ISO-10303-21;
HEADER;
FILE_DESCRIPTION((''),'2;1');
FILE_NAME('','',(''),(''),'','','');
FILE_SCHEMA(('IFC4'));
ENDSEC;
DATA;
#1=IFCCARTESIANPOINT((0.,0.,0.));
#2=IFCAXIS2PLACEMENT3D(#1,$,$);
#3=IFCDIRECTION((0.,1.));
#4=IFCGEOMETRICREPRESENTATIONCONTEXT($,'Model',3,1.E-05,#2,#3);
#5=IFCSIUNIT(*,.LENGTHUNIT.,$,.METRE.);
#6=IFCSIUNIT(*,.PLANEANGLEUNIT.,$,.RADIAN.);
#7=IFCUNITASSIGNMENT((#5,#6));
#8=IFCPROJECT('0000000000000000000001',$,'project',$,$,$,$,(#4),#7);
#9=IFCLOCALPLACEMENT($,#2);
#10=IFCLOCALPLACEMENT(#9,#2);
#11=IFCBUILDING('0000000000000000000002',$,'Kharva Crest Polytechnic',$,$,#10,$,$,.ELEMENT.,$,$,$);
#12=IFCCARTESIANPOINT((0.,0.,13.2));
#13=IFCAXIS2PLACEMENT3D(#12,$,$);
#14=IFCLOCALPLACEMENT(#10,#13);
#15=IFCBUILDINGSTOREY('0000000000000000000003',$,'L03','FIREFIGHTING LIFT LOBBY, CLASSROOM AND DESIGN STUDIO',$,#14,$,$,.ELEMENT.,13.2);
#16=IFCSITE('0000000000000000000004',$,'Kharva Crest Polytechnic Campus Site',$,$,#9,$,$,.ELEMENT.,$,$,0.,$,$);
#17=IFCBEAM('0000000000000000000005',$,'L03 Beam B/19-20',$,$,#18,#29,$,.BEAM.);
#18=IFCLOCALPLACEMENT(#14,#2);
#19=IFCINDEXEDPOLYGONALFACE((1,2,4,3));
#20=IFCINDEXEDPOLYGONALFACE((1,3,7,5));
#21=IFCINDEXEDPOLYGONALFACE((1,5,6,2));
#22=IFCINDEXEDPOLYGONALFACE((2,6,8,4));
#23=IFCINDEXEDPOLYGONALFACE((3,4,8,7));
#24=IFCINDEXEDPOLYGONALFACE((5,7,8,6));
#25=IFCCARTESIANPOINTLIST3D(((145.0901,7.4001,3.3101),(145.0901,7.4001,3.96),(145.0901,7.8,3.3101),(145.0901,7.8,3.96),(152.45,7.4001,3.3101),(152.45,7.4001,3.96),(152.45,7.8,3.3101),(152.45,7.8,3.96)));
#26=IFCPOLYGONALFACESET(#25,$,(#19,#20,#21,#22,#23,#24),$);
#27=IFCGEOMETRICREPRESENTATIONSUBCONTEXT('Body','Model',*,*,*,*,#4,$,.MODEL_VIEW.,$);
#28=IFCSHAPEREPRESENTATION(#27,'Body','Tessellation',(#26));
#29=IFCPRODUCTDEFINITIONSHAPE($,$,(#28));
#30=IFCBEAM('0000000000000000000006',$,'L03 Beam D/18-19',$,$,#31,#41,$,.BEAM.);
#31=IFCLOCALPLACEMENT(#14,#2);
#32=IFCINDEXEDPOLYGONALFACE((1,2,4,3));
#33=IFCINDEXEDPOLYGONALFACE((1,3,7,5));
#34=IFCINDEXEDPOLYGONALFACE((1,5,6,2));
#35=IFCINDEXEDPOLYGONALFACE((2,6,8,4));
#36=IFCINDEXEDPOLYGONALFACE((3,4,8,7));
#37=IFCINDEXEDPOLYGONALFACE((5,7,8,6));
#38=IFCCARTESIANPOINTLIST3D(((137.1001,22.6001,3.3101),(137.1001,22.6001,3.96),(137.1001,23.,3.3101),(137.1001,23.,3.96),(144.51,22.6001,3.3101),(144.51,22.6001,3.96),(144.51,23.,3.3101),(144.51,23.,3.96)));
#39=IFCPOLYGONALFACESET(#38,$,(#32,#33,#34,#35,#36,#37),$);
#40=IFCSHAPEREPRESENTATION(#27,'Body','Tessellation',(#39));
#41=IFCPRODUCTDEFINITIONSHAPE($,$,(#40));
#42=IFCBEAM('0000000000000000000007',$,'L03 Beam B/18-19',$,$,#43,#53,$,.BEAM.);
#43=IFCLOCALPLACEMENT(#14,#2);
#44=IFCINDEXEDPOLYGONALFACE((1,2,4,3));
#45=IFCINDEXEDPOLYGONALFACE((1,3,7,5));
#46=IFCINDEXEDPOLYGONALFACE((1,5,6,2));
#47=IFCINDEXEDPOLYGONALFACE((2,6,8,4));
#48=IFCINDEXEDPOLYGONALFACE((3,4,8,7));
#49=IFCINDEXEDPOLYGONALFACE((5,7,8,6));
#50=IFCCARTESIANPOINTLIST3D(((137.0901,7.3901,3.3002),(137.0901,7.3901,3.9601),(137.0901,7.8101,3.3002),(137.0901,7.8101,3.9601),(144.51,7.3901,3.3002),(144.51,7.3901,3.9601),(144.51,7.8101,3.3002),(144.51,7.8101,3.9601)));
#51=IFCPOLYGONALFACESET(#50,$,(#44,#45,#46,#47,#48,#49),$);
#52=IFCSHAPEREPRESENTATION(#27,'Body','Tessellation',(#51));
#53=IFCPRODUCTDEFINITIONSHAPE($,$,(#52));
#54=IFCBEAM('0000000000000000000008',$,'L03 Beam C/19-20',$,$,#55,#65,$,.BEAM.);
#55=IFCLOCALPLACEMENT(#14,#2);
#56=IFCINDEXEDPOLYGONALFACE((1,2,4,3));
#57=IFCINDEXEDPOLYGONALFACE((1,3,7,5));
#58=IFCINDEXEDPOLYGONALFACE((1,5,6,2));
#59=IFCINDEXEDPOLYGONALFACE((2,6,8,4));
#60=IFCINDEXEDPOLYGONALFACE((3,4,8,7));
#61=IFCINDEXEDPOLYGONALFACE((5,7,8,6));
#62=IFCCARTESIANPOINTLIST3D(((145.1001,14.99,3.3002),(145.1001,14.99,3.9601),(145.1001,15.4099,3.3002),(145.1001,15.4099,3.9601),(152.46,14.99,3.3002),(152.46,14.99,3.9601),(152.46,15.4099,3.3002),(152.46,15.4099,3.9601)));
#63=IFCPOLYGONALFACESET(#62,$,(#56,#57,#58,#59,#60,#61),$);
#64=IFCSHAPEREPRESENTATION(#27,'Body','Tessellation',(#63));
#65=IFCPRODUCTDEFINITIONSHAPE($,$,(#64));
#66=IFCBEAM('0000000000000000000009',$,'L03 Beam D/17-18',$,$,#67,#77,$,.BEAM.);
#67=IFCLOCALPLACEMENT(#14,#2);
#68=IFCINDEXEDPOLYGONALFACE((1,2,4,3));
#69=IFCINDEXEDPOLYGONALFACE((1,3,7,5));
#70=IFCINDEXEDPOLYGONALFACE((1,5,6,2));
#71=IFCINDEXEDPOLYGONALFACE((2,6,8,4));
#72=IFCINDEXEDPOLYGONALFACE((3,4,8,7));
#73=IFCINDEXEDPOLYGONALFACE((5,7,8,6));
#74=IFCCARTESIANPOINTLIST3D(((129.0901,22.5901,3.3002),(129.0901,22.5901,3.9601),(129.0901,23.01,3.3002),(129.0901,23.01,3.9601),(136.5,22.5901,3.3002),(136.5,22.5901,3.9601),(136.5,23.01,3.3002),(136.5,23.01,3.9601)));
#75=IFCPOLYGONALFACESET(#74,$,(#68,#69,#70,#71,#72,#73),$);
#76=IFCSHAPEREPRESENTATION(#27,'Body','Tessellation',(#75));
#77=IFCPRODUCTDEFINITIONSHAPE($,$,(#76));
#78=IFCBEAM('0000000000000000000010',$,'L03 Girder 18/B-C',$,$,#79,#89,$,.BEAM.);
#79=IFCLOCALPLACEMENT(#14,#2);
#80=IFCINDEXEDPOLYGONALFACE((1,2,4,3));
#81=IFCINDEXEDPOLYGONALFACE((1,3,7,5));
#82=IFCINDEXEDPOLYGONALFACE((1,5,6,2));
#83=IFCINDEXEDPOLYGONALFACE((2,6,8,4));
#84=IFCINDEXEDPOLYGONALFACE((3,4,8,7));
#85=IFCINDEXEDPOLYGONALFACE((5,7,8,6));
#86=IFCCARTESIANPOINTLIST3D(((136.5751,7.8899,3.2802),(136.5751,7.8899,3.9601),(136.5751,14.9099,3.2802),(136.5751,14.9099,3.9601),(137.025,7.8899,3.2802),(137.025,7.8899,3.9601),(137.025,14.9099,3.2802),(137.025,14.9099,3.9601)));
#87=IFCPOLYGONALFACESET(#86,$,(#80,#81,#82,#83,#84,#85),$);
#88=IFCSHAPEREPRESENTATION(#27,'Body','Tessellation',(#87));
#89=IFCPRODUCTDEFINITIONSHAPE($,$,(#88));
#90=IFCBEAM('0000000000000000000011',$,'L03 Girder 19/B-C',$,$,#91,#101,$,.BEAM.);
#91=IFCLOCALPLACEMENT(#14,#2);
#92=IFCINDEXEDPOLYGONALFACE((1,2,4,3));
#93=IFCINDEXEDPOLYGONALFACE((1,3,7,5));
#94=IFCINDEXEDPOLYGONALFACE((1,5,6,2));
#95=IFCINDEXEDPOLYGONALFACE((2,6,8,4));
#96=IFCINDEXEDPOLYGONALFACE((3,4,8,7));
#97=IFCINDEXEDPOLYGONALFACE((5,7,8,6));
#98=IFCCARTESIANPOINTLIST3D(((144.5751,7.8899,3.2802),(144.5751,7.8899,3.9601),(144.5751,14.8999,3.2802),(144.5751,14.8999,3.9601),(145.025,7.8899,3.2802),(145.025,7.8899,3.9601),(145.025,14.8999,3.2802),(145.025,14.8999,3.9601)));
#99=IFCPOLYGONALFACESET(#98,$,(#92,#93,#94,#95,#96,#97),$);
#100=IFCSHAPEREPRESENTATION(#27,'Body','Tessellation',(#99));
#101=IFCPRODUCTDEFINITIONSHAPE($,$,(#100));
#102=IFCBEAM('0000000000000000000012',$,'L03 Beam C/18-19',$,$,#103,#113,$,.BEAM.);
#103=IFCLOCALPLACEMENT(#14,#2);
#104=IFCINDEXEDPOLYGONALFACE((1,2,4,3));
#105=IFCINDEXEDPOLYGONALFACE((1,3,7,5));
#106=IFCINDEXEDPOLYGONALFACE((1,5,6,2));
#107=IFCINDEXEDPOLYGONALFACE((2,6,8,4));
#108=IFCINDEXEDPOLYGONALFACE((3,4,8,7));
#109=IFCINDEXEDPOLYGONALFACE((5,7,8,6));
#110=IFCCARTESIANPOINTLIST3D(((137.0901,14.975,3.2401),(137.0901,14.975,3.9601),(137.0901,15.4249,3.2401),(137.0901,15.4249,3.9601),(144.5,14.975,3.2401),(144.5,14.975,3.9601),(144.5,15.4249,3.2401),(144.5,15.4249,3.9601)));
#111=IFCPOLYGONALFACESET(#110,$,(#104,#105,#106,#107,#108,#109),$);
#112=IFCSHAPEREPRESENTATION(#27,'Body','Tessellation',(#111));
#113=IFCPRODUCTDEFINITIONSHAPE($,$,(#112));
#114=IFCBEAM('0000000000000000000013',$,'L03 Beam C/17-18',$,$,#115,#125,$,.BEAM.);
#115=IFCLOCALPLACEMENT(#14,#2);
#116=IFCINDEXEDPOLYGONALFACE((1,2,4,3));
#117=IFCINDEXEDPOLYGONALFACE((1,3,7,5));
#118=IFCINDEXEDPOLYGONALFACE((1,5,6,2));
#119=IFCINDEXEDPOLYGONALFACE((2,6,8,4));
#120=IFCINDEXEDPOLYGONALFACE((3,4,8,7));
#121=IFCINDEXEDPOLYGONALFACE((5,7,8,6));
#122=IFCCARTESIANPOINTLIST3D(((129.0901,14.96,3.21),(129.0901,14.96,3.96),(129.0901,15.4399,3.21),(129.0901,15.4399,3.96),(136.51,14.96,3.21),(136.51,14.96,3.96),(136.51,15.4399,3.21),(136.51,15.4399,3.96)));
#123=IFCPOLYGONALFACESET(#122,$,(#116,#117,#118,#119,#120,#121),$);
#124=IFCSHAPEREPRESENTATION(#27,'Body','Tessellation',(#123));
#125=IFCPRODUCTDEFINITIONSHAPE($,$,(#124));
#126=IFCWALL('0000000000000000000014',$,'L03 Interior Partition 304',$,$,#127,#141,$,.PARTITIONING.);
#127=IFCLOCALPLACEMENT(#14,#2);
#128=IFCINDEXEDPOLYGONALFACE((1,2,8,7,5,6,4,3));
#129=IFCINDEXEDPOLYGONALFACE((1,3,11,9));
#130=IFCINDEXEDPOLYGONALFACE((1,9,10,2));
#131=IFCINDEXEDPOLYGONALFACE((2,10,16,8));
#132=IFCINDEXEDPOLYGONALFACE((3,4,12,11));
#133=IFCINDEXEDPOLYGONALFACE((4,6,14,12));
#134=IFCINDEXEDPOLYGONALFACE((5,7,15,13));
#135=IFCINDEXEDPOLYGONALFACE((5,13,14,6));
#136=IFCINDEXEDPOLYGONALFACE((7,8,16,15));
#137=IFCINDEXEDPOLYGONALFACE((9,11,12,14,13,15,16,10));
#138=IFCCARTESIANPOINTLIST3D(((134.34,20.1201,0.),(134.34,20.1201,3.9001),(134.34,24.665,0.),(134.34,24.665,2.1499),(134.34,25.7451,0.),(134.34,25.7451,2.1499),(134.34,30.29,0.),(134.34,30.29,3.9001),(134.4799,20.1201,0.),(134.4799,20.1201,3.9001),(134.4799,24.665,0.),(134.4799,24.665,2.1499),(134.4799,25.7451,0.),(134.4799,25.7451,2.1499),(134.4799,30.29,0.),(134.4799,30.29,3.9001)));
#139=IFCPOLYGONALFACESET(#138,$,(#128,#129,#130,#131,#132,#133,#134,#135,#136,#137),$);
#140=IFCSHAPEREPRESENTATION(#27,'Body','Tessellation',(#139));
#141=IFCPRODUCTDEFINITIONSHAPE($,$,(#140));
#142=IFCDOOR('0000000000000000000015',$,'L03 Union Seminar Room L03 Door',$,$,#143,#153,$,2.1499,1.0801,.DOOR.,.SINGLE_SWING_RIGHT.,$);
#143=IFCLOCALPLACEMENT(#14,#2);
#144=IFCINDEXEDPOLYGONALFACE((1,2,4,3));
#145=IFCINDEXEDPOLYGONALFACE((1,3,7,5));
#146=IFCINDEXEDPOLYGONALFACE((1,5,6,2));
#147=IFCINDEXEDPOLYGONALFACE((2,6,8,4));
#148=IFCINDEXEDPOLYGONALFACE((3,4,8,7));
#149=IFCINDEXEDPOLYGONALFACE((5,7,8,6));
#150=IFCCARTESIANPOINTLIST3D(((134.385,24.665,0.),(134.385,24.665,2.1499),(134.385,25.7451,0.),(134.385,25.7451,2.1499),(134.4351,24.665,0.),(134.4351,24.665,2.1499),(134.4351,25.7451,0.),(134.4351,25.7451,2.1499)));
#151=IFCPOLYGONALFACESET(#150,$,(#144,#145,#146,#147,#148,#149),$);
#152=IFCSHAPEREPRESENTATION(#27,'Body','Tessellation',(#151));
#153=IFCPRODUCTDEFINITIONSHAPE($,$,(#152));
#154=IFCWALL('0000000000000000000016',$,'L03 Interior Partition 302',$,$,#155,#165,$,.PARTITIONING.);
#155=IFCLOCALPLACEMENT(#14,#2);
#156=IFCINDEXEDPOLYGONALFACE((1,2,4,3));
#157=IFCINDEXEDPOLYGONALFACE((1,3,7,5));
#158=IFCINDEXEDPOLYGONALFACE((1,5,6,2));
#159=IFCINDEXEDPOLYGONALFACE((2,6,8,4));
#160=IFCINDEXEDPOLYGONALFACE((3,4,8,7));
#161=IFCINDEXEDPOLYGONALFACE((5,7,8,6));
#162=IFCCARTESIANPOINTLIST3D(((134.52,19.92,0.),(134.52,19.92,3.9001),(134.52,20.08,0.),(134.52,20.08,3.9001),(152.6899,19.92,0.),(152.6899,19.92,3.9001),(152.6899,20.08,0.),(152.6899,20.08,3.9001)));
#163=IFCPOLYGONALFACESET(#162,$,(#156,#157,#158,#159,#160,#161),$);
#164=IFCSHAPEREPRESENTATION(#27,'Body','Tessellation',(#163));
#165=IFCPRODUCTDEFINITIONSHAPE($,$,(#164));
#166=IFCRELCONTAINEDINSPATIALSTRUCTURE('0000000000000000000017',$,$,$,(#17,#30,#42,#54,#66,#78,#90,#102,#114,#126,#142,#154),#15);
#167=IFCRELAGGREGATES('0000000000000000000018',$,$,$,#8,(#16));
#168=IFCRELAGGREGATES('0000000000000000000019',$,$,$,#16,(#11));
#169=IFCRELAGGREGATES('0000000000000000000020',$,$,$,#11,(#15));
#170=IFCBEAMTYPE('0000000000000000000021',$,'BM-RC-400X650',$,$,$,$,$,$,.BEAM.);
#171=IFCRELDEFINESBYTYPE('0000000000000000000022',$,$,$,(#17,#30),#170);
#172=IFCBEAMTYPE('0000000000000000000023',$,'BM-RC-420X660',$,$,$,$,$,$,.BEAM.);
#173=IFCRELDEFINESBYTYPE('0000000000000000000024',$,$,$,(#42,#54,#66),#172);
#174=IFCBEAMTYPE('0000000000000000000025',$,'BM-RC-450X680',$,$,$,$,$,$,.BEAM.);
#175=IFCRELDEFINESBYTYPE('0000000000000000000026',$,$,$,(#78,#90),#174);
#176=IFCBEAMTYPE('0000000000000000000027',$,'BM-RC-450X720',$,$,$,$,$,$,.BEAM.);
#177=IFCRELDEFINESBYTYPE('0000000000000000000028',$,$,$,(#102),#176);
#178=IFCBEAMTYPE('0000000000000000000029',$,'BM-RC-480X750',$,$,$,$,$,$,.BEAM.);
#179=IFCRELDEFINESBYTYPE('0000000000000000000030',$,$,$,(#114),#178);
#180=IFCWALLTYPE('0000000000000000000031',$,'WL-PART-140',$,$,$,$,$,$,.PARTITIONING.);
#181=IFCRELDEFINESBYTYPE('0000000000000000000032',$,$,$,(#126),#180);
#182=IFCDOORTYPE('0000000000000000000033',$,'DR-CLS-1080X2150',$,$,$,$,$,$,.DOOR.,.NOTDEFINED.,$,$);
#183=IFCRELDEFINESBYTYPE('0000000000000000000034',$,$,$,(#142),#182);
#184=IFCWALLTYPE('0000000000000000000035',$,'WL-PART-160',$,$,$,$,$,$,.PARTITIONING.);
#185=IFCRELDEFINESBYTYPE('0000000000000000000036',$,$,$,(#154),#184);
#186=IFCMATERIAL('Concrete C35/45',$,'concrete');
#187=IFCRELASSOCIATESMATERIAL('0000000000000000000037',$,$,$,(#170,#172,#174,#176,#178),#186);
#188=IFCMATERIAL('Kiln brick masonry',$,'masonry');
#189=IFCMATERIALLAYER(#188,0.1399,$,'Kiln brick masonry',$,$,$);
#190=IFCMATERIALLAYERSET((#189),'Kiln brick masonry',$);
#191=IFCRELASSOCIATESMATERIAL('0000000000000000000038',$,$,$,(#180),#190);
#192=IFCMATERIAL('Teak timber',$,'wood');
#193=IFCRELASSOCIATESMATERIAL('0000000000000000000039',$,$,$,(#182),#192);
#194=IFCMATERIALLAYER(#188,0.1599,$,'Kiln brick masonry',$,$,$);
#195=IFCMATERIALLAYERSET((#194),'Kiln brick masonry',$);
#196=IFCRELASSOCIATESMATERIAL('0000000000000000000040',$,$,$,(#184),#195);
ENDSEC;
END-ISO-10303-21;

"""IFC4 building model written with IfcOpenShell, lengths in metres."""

from ifc_helpers import new_model, si_unit, direction, frame, frame_2d, origin, origin_2d, place, context, subcontext, project, spatial, rectangle, extrude, material, layer, layer_set, material_profile, profile_set, type_object, element, fill, save


model = new_model("IFC4")

# Units and contexts
model_context = context("Model", 3, precision=1e-05, world=origin(), true_north=direction((0.0, 1.0)))
body_context = subcontext(model_context, "Body", "Model", "MODEL_VIEW")
ifc_project = project(units=[si_unit("LENGTHUNIT", "METRE"), si_unit("PLANEANGLEUNIT", "RADIAN")], contexts=[model_context])

# Site, building, storey
site_placement = place(None, origin())
site = spatial("IfcSite", under=ifc_project, at=site_placement, Name="Kharva Crest Polytechnic Campus Site", CompositionType="ELEMENT", RefElevation=0.0)
building_placement = place(site_placement, origin())
building = spatial("IfcBuilding", under=site, at=building_placement, Name="Kharva Crest Polytechnic", CompositionType="ELEMENT")
storey_placement = place(building_placement, frame((0.0, 0.0, 13.2)))
storey = spatial("IfcBuildingStorey", under=building, at=storey_placement, Name="L03", Description="FIREFIGHTING LIFT LOBBY, CLASSROOM AND DESIGN STUDIO", CompositionType="ELEMENT", Elevation=13.2)

# Beams
ifc_material_1 = material(Name="Concrete C35/45", Category="concrete")
ifc_material_profile_1 = material_profile(ifc_material_1, rectangle(XDim=0.3999, YDim=0.6499, at=origin_2d()), Name="RECT 400 X 650")
ifc_profile_set_1 = profile_set([ifc_material_profile_1], Name="Concrete C35/45")
beam_type_1 = type_object("IfcBeamType", Name="BM-RC-400X650", PredefinedType="BEAM", material=ifc_profile_set_1)
beam_1_placement = place(storey_placement, frame((145.0901, 7.6001, 3.635), z_axis=(1.0, 0.0, 0.0), x_axis=(0.0, 1.0, 0.0)))
element("IfcBeam", 1, at=beam_1_placement, inside=storey, type_object=beam_type_1, Name="L03 Beam B/19-20", PredefinedType="BEAM", context=body_context, shape_type="SweptSolid", body=[
    extrude(rectangle(XDim=0.3999, YDim=0.6499, at=origin_2d()), origin(), (0.0, 0.0, 1.0), 7.3599),
])
beam_2_placement = place(storey_placement, frame((137.1001, 22.8, 3.635), z_axis=(1.0, 0.0, 0.0), x_axis=(0.0, 1.0, 0.0)))
element("IfcBeam", 2, at=beam_2_placement, inside=storey, type_object=beam_type_1, Name="L03 Beam D/18-19", PredefinedType="BEAM", context=body_context, shape_type="SweptSolid", body=[
    extrude(rectangle(XDim=0.3999, YDim=0.6499, at=origin_2d()), origin(), (0.0, 0.0, 1.0), 7.4099),
])
ifc_material_profile_2 = material_profile(ifc_material_1, rectangle(XDim=0.4199, YDim=0.6599, at=origin_2d()), Name="RECT 420 X 660")
ifc_profile_set_2 = profile_set([ifc_material_profile_2], Name="Concrete C35/45")
beam_type_2 = type_object("IfcBeamType", Name="BM-RC-420X660", PredefinedType="BEAM", material=ifc_profile_set_2)
beam_3_placement = place(storey_placement, frame((137.0901, 7.6001, 3.6301), z_axis=(1.0, 0.0, 0.0), x_axis=(0.0, 1.0, 0.0)))
element("IfcBeam", 3, at=beam_3_placement, inside=storey, type_object=beam_type_2, Name="L03 Beam B/18-19", PredefinedType="BEAM", context=body_context, shape_type="SweptSolid", body=[
    extrude(rectangle(XDim=0.4199, YDim=0.6599, at=origin_2d()), origin(), (0.0, 0.0, 1.0), 7.4199),
])
beam_4_placement = place(storey_placement, frame((145.1001, 15.2, 3.6301), z_axis=(1.0, 0.0, 0.0), x_axis=(0.0, 1.0, 0.0)))
element("IfcBeam", 4, at=beam_4_placement, inside=storey, type_object=beam_type_2, Name="L03 Beam C/19-20", PredefinedType="BEAM", context=body_context, shape_type="SweptSolid", body=[
    extrude(rectangle(XDim=0.4199, YDim=0.6599, at=origin_2d()), origin(), (0.0, 0.0, 1.0), 7.3599),
])
beam_5_placement = place(storey_placement, frame((129.0901, 22.8, 3.6301), z_axis=(1.0, 0.0, 0.0), x_axis=(0.0, 1.0, 0.0)))
element("IfcBeam", 5, at=beam_5_placement, inside=storey, type_object=beam_type_2, Name="L03 Beam D/17-18", PredefinedType="BEAM", context=body_context, shape_type="SweptSolid", body=[
    extrude(rectangle(XDim=0.4199, YDim=0.6599, at=origin_2d()), origin(), (0.0, 0.0, 1.0), 7.4099),
])
ifc_material_profile_3 = material_profile(ifc_material_1, rectangle(XDim=0.45, YDim=0.6799, at=origin_2d()), Name="RECT 450 X 680")
ifc_profile_set_3 = profile_set([ifc_material_profile_3], Name="Concrete C35/45")
beam_type_3 = type_object("IfcBeamType", Name="BM-RC-450X680", PredefinedType="BEAM", material=ifc_profile_set_3)
beam_6_placement = place(storey_placement, frame((136.8, 7.8899, 3.6201), z_axis=(0.0, 1.0, 0.0), x_axis=(-1.0, 0.0, 0.0)))
element("IfcBeam", 6, at=beam_6_placement, inside=storey, type_object=beam_type_3, Name="L03 Girder 18/B-C", PredefinedType="BEAM", context=body_context, shape_type="SweptSolid", body=[
    extrude(rectangle(XDim=0.45, YDim=0.6799, at=origin_2d()), origin(), (0.0, 0.0, 1.0), 7.02),
])
beam_7_placement = place(storey_placement, frame((144.8, 7.8899, 3.6201), z_axis=(0.0, 1.0, 0.0), x_axis=(-1.0, 0.0, 0.0)))
element("IfcBeam", 7, at=beam_7_placement, inside=storey, type_object=beam_type_3, Name="L03 Girder 19/B-C", PredefinedType="BEAM", context=body_context, shape_type="SweptSolid", body=[
    extrude(rectangle(XDim=0.45, YDim=0.6799, at=origin_2d()), origin(), (0.0, 0.0, 1.0), 7.01),
])
ifc_material_profile_4 = material_profile(ifc_material_1, rectangle(XDim=0.45, YDim=0.72, at=origin_2d()), Name="RECT 450 X 720")
ifc_profile_set_4 = profile_set([ifc_material_profile_4], Name="Concrete C35/45")
beam_type_4 = type_object("IfcBeamType", Name="BM-RC-450X720", PredefinedType="BEAM", material=ifc_profile_set_4)
beam_8_placement = place(storey_placement, frame((137.0901, 15.2, 3.6001), z_axis=(1.0, 0.0, 0.0), x_axis=(0.0, 1.0, 0.0)))
element("IfcBeam", 8, at=beam_8_placement, inside=storey, type_object=beam_type_4, Name="L03 Beam C/18-19", PredefinedType="BEAM", context=body_context, shape_type="SweptSolid", body=[
    extrude(rectangle(XDim=0.45, YDim=0.72, at=origin_2d()), origin(), (0.0, 0.0, 1.0), 7.4099),
])
ifc_material_profile_5 = material_profile(ifc_material_1, rectangle(XDim=0.48, YDim=0.75, at=origin_2d()), Name="RECT 480 X 750")
ifc_profile_set_5 = profile_set([ifc_material_profile_5], Name="Concrete C35/45")
beam_type_5 = type_object("IfcBeamType", Name="BM-RC-480X750", PredefinedType="BEAM", material=ifc_profile_set_5)
beam_9_placement = place(storey_placement, frame((129.0901, 15.2, 3.585), z_axis=(1.0, 0.0, 0.0), x_axis=(0.0, 1.0, 0.0)))
element("IfcBeam", 9, at=beam_9_placement, inside=storey, type_object=beam_type_5, Name="L03 Beam C/17-18", PredefinedType="BEAM", context=body_context, shape_type="SweptSolid", body=[
    extrude(rectangle(XDim=0.48, YDim=0.75, at=origin_2d()), origin(), (0.0, 0.0, 1.0), 7.4199),
])

# Wall, opening, door
ifc_material_2 = material(Name="Kiln brick masonry", Category="masonry")
ifc_layer_1 = layer(ifc_material_2, 0.1399, Name="Kiln brick masonry")
ifc_layer_set_1 = layer_set([ifc_layer_1], Name="Kiln brick masonry")
wall_type_1 = type_object("IfcWallType", Name="WL-PART-140", PredefinedType="PARTITIONING", material=ifc_layer_set_1)
wall_1_placement = place(storey_placement, frame((134.4099, 20.1201, 0.0), z_axis=(0.0, 0.0, 1.0), x_axis=(0.0, 1.0, 0.0)))
wall_1 = element("IfcWall", 10, at=wall_1_placement, inside=storey, type_object=wall_type_1, Name="L03 Interior Partition 304", PredefinedType="PARTITIONING", context=body_context, shape_type="SweptSolid", body=[
    extrude(rectangle(XDim=10.1699, YDim=0.1399, at=frame_2d((5.085, 0.0))), origin(), (0.0, 0.0, 1.0), 3.9001),
])
opening_placement = place(wall_1_placement, frame((4.5449, 0.0, 0.0)))
opening = element("IfcOpeningElement", 11, at=opening_placement, cuts=wall_1, PredefinedType="OPENING", context=body_context, shape_type="SweptSolid", body=[
    extrude(rectangle(XDim=1.0801, YDim=2.1499, at=frame_2d((0.54, 1.075))), frame((0.0, 0.0798, 0.0), z_axis=(0.0, -1.0, 0.0), x_axis=(1.0, 0.0, 0.0)), (0.0, 0.0, 1.0), 0.1599),
])
ifc_material_3 = material(Name="Teak timber", Category="wood")
door_type = type_object("IfcDoorType", Name="DR-CLS-1080X2150", OperationType="NOTDEFINED", PredefinedType="DOOR", material=ifc_material_3)
door_placement = place(opening_placement, origin())
door = element("IfcDoor", 12, at=door_placement, inside=storey, type_object=door_type, Name="L03 Union Seminar Room L03 Door", OperationType="SINGLE_SWING_RIGHT", OverallHeight=2.1499, OverallWidth=1.0801, PredefinedType="DOOR", context=body_context, shape_type="SweptSolid", body=[
    extrude(rectangle(XDim=1.0801, YDim=2.1499, at=frame_2d((0.54, 1.075))), frame((0.0, 0.0249, 0.0), z_axis=(0.0, -1.0, 0.0), x_axis=(1.0, 0.0, 0.0)), (0.0, 0.0, 1.0), 0.05),
])
fill(opening, door)

# Wall
ifc_layer_2 = layer(ifc_material_2, 0.1599, Name="Kiln brick masonry")
ifc_layer_set_2 = layer_set([ifc_layer_2], Name="Kiln brick masonry")
wall_type_2 = type_object("IfcWallType", Name="WL-PART-160", PredefinedType="PARTITIONING", material=ifc_layer_set_2)
wall_2_placement = place(storey_placement, frame((134.52, 20.0, 0.0), z_axis=(0.0, 0.0, 1.0), x_axis=(1.0, 0.0, 0.0)))
element("IfcWall", 13, at=wall_2_placement, inside=storey, type_object=wall_type_2, Name="L03 Interior Partition 302", PredefinedType="PARTITIONING", context=body_context, shape_type="SweptSolid", body=[
    extrude(rectangle(XDim=18.1699, YDim=0.1599, at=frame_2d((9.085, 0.0))), origin(), (0.0, 0.0, 1.0), 3.9001),
])

save(model, "model.ifc")
